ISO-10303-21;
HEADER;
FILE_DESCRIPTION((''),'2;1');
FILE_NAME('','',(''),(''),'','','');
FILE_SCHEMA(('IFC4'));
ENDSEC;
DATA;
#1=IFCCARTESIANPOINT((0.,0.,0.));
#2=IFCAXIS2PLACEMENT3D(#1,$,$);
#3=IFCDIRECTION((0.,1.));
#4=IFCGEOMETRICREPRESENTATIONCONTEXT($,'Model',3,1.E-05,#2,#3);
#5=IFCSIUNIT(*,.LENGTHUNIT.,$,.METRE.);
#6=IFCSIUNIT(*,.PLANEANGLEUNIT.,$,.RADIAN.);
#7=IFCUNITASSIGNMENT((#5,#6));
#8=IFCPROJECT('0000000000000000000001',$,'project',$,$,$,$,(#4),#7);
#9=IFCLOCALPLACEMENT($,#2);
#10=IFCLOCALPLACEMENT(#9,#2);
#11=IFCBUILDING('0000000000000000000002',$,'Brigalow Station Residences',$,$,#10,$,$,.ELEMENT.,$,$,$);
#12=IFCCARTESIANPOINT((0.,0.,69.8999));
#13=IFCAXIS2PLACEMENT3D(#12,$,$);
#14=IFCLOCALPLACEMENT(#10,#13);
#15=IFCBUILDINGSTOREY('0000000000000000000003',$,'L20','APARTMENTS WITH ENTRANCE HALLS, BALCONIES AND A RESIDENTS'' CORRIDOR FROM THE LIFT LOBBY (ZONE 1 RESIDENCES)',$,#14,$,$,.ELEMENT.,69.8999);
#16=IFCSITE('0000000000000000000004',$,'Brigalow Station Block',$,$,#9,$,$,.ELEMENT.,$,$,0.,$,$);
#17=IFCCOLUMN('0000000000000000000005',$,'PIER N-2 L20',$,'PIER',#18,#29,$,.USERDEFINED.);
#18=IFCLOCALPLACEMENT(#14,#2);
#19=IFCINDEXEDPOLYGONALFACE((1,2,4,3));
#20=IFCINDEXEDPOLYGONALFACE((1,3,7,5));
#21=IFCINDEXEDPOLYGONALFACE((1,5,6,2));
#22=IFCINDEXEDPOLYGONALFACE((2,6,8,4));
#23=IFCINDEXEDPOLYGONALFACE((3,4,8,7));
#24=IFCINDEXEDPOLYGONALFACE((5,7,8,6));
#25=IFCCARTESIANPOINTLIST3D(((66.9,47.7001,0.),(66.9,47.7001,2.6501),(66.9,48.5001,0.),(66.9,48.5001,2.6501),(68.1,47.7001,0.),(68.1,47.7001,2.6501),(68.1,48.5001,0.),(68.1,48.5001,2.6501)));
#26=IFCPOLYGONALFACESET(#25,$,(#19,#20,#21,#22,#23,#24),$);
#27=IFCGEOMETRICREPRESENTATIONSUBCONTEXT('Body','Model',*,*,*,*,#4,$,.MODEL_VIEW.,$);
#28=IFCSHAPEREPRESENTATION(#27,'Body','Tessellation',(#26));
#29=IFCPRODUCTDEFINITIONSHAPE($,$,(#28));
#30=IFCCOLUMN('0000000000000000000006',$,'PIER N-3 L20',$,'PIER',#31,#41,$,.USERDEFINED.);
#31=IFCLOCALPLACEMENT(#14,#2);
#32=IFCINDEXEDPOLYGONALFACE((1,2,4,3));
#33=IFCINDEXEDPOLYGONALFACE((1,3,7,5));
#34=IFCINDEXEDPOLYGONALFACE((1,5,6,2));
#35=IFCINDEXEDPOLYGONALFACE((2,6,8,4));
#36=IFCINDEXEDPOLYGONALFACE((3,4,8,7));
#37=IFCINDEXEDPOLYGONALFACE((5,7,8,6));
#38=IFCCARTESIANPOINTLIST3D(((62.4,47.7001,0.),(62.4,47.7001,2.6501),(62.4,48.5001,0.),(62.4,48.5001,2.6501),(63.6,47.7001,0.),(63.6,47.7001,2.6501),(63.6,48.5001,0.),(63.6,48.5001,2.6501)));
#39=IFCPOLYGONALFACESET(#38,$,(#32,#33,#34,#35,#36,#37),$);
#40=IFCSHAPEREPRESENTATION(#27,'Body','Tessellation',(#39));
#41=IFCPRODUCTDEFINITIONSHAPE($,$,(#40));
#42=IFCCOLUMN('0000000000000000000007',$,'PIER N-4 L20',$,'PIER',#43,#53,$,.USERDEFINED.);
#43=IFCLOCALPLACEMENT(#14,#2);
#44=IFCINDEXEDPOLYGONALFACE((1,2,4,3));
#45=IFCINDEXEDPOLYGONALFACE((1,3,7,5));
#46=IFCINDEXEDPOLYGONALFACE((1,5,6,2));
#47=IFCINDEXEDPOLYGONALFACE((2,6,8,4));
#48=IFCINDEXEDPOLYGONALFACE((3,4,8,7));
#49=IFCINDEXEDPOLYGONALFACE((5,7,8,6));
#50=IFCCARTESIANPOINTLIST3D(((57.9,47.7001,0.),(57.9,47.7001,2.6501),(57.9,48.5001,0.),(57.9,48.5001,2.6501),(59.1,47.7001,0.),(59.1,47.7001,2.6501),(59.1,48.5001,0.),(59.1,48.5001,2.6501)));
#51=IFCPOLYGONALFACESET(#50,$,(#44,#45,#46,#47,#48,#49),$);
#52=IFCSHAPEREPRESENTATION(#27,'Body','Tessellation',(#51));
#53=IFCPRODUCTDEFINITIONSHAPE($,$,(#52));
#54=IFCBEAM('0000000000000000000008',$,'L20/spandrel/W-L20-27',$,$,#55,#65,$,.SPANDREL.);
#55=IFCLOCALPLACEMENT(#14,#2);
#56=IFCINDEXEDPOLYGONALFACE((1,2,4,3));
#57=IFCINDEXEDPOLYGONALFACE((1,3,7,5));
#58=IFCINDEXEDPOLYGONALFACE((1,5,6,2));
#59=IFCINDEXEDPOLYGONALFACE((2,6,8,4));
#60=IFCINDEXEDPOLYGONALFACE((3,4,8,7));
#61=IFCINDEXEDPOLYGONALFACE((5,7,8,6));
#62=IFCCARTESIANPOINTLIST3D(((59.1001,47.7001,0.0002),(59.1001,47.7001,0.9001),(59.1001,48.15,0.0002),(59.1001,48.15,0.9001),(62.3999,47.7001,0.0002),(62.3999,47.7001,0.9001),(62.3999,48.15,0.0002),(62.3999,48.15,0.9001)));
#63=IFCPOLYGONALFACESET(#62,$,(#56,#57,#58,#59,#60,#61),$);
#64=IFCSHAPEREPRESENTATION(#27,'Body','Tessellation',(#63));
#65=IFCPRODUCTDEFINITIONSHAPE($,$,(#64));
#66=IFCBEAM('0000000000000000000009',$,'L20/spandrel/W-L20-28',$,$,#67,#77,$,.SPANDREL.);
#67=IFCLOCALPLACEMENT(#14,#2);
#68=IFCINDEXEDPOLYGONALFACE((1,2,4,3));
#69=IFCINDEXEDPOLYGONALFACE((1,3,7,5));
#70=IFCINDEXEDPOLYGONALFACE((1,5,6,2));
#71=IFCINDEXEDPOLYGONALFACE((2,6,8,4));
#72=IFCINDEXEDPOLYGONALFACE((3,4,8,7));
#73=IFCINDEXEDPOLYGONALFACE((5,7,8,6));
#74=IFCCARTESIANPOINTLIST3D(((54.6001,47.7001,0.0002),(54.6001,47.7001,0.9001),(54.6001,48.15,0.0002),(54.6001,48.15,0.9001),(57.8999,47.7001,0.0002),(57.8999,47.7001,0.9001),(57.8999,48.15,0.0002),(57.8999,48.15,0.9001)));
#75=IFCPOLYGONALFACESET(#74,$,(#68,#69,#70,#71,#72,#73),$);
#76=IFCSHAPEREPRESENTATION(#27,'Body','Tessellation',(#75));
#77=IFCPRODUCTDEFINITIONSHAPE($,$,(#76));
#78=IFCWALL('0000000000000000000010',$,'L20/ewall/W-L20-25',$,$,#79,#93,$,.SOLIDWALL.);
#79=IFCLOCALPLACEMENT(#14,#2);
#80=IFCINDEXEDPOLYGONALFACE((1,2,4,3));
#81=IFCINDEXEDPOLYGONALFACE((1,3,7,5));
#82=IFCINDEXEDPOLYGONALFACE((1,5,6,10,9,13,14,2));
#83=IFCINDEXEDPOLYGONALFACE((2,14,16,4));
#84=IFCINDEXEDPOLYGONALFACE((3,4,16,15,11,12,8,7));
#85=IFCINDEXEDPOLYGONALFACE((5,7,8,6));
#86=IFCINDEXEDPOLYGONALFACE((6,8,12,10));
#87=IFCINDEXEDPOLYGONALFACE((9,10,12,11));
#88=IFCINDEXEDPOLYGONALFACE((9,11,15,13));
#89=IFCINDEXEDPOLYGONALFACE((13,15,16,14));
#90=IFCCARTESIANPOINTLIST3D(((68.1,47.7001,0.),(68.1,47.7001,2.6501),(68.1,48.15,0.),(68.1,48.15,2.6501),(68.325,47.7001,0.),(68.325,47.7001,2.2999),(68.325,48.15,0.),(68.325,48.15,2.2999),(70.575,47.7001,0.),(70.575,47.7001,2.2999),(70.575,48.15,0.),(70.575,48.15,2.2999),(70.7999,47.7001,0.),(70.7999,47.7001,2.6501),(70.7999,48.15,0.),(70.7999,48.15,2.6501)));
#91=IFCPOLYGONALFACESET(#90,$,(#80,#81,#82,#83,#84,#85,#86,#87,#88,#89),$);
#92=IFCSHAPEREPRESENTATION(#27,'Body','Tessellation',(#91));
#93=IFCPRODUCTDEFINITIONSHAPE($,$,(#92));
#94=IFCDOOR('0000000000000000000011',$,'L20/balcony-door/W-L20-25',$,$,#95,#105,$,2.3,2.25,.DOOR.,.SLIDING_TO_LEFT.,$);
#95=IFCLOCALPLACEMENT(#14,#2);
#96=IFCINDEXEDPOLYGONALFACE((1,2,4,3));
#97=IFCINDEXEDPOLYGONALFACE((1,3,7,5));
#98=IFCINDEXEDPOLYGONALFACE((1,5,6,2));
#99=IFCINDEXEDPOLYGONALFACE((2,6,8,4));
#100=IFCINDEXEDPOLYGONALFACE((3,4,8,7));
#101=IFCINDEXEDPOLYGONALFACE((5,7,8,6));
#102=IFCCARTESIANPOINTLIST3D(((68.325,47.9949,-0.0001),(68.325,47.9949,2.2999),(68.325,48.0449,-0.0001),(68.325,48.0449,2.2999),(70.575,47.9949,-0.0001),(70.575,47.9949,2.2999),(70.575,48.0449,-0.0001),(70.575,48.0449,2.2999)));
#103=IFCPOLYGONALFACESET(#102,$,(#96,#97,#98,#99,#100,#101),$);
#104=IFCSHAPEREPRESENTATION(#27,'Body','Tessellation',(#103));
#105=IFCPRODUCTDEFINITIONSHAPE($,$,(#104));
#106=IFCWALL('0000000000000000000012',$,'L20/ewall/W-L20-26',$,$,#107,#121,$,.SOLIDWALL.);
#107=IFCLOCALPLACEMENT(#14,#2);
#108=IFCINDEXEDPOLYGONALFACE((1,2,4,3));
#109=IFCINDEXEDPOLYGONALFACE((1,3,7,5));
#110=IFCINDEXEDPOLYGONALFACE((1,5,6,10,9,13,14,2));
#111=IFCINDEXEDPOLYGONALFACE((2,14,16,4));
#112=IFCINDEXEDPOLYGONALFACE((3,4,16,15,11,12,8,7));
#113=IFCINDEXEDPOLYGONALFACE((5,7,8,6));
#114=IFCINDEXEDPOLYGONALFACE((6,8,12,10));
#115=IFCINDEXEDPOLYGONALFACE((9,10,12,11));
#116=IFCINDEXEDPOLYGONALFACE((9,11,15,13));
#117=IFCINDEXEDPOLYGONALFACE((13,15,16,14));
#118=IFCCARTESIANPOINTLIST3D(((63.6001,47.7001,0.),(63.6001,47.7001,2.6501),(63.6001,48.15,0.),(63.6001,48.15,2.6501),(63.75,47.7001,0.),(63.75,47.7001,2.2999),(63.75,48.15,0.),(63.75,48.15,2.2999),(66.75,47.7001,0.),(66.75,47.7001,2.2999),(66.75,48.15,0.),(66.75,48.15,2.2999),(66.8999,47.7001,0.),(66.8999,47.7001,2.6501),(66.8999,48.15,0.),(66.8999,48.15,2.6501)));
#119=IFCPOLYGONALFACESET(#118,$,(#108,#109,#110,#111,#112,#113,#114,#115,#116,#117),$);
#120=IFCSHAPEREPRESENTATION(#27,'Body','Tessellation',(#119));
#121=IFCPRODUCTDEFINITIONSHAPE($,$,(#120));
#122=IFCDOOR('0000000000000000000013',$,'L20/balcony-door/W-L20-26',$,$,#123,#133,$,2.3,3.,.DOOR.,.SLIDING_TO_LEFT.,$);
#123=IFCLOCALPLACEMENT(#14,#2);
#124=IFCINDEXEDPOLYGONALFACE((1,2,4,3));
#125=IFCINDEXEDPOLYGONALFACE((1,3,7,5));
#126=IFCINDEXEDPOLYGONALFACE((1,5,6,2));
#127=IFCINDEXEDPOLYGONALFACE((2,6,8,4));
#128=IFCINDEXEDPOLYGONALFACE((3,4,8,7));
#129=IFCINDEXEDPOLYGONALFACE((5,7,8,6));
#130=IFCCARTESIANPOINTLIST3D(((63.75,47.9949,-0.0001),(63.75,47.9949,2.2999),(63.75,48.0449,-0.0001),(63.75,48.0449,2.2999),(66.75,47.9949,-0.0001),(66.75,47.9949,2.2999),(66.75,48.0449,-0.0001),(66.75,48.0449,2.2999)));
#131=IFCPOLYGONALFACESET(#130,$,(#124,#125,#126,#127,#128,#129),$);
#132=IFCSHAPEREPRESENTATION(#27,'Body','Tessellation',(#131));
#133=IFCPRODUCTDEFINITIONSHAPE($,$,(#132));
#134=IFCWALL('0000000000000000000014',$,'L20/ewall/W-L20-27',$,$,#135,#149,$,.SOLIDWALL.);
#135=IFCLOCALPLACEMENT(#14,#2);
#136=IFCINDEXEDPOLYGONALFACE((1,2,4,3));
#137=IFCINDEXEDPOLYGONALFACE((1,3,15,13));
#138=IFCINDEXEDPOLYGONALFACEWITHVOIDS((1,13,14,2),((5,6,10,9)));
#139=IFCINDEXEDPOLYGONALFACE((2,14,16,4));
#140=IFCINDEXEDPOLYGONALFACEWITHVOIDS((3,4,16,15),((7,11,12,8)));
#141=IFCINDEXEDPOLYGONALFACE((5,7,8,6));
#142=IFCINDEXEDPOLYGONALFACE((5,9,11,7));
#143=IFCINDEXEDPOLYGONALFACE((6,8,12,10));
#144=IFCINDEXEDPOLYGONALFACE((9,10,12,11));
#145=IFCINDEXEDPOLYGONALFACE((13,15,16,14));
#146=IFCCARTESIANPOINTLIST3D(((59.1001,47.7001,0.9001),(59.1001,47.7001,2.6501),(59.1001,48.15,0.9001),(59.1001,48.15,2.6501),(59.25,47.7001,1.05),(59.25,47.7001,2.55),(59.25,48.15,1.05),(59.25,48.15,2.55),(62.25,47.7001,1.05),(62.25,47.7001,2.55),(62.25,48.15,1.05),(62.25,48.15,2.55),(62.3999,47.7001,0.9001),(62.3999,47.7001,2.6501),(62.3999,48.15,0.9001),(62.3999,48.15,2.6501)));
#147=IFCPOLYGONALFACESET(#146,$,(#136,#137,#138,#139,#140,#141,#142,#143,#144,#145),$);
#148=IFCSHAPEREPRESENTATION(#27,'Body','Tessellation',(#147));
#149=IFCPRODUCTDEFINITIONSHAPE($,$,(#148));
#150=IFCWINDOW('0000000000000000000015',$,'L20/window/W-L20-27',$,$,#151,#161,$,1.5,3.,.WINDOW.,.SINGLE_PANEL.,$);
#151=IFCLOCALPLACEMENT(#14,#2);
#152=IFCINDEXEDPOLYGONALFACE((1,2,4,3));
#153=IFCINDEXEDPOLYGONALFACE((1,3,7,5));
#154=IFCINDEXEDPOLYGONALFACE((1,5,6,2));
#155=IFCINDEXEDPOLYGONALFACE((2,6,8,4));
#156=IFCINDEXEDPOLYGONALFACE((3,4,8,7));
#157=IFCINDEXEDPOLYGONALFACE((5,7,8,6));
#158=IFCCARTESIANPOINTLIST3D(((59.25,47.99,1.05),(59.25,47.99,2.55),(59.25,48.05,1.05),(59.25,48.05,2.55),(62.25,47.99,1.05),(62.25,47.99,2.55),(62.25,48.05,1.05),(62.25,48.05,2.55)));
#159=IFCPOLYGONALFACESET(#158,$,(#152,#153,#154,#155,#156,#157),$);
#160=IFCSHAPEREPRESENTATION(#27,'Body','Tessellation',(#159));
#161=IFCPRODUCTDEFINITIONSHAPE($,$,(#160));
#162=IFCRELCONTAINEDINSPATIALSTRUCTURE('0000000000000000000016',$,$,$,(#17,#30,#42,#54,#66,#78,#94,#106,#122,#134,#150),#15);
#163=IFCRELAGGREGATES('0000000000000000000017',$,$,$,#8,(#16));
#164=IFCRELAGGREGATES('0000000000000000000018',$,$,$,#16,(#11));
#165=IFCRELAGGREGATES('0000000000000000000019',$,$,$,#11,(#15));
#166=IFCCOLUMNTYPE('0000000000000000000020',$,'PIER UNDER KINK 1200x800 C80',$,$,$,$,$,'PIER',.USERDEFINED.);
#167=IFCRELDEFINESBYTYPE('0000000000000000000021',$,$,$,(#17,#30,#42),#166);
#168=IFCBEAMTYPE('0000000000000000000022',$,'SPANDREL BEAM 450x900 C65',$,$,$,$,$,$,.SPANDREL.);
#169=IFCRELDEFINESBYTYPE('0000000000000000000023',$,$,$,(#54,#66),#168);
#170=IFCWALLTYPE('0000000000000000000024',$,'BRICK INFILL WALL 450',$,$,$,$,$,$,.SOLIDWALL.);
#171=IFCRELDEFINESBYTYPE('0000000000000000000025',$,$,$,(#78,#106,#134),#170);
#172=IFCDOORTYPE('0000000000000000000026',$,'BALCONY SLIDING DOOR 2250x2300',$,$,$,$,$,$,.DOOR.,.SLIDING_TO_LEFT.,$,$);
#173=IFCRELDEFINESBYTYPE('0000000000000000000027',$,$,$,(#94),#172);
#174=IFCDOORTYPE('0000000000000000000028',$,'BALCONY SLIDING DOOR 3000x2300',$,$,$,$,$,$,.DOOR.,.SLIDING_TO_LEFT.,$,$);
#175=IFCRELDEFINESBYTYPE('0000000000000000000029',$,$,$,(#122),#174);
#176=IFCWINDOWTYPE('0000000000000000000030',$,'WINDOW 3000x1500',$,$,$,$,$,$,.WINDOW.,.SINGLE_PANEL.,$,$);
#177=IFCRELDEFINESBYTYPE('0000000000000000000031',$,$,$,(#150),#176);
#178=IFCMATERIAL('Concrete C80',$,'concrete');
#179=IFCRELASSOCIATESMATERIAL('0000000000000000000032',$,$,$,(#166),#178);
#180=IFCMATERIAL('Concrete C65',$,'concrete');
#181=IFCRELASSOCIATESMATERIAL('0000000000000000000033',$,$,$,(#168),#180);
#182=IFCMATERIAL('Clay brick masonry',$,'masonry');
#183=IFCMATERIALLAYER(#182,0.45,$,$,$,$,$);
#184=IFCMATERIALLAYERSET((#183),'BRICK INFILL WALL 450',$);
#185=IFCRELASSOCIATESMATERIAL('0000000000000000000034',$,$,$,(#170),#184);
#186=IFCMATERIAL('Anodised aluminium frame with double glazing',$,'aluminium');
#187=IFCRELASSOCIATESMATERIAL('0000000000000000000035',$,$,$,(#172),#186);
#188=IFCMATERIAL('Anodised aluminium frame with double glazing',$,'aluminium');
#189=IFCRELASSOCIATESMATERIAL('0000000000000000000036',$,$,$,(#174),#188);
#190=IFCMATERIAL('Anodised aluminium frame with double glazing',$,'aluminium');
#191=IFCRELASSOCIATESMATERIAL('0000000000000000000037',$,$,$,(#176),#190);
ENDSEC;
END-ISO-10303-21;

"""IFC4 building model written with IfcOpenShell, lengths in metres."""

from ifc_helpers import new_model, si_unit, direction, frame, frame_2d, origin, origin_2d, place, context, subcontext, project, spatial, rectangle, extrude, material, layer, layer_set, material_profile, profile_set, type_object, element, fill, save


model = new_model("IFC4")

# Units and contexts
model_context = context("Model", 3, precision=1e-05, world=origin(), true_north=direction((0.0, 1.0)))
body_context = subcontext(model_context, "Body", "Model", "MODEL_VIEW")
ifc_project = project(units=[si_unit("LENGTHUNIT", "METRE"), si_unit("PLANEANGLEUNIT", "RADIAN")], contexts=[model_context])

# Site, building, storey
site_placement = place(None, origin())
site = spatial("IfcSite", under=ifc_project, at=site_placement, Name="Brigalow Station Block", CompositionType="ELEMENT", RefElevation=0.0)
building_placement = place(site_placement, origin())
building = spatial("IfcBuilding", under=site, at=building_placement, Name="Brigalow Station Residences", CompositionType="ELEMENT")
storey_placement = place(building_placement, frame((0.0, 0.0, 69.8999)))
storey = spatial("IfcBuildingStorey", under=building, at=storey_placement, Name="L20", Description="APARTMENTS WITH ENTRANCE HALLS, BALCONIES AND A RESIDENTS' CORRIDOR FROM THE LIFT LOBBY (ZONE 1 RESIDENCES)", CompositionType="ELEMENT", Elevation=69.8999)

# Columns
ifc_material_1 = material(Name="Concrete C80", Category="concrete")
ifc_material_profile_1 = material_profile(ifc_material_1, rectangle(XDim=1.2, YDim=0.8, at=origin_2d()), Name="RC1200x800")
ifc_profile_set_1 = profile_set([ifc_material_profile_1], Name="Concrete C80")
column_type = type_object("IfcColumnType", Name="PIER UNDER KINK 1200x800 C80", ElementType="PIER", PredefinedType="USERDEFINED", material=ifc_profile_set_1)
for number, where, z_axis, x_axis, name in (
    (1, (67.5, 48.1001, 0.0), (0.0, 0.0, 1.0), (-1.0, 0.0, 0.0), "PIER N-2 L20"),
    (2, (63.0, 48.1001, 0.0), (0.0, 0.0, 1.0), (-1.0, 0.0, 0.0), "PIER N-3 L20"),
    (3, (58.5, 48.1001, 0.0), (0.0, 0.0, 1.0), (-1.0, 0.0, 0.0), "PIER N-4 L20"),
):
    element("IfcColumn", number, at=place(storey_placement, frame(where, z_axis=z_axis, x_axis=x_axis)), inside=storey, type_object=column_type, Name=name, ObjectType="PIER", PredefinedType="USERDEFINED", context=body_context, shape_type="SweptSolid", body=[
        extrude(rectangle(XDim=1.2, YDim=0.8, at=origin_2d()), origin(), (0.0, 0.0, 1.0), 2.6501),
    ])

# Beams
ifc_material_2 = material(Name="Concrete C65", Category="concrete")
ifc_material_profile_2 = material_profile(ifc_material_2, rectangle(XDim=0.45, YDim=0.8999, at=origin_2d()), Name="RC450x900")
ifc_profile_set_2 = profile_set([ifc_material_profile_2], Name="Concrete C65")
beam_type = type_object("IfcBeamType", Name="SPANDREL BEAM 450x900 C65", PredefinedType="SPANDREL", material=ifc_profile_set_2)
for number, where, z_axis, x_axis, name in (
    (4, (62.3999, 47.925, 0.4502), (-1.0, 0.0, 0.0), (0.0, -1.0, 0.0), "L20/spandrel/W-L20-27"),
    (5, (57.8999, 47.925, 0.4502), (-1.0, 0.0, 0.0), (0.0, -1.0, 0.0), "L20/spandrel/W-L20-28"),
):
    element("IfcBeam", number, at=place(storey_placement, frame(where, z_axis=z_axis, x_axis=x_axis)), inside=storey, type_object=beam_type, Name=name, PredefinedType="SPANDREL", context=body_context, shape_type="SweptSolid", body=[
        extrude(rectangle(XDim=0.45, YDim=0.8999, at=origin_2d()), origin(), (0.0, 0.0, 1.0), 3.2998),
    ])

# Walls, openings, doors
ifc_material_3 = material(Name="Clay brick masonry", Category="masonry")
ifc_layer_1 = layer(ifc_material_3, 0.45)
ifc_layer_set_1 = layer_set([ifc_layer_1], Name="BRICK INFILL WALL 450")
wall_type_1 = type_object("IfcWallType", Name="BRICK INFILL WALL 450", PredefinedType="SOLIDWALL", material=ifc_layer_set_1)
wall_1_placement = place(storey_placement, frame((70.8, 47.925, 0.0), z_axis=(0.0, 0.0, 1.0), x_axis=(-1.0, 0.0, 0.0)))
wall_1 = element("IfcWall", 6, at=wall_1_placement, inside=storey, type_object=wall_type_1, Name="L20/ewall/W-L20-25", PredefinedType="SOLIDWALL", context=body_context, shape_type="SweptSolid", body=[
    extrude(rectangle(XDim=2.7, YDim=0.45, at=frame_2d((1.3501, 0.0))), origin(), (0.0, 0.0, 1.0), 2.6501),
])
opening_1_placement = place(wall_1_placement, frame((0.2251, 0.0, 0.0)))
opening_1 = element("IfcOpeningElement", 7, at=opening_1_placement, cuts=wall_1, PredefinedType="OPENING", context=body_context, shape_type="SweptSolid", body=[
    extrude(rectangle(XDim=2.25, YDim=2.3, at=frame_2d((1.125, 1.1499))), frame((0.0, 0.2349, 0.0), z_axis=(0.0, -1.0, 0.0), x_axis=(1.0, 0.0, 0.0)), (0.0, 0.0, 1.0), 0.47),
])
ifc_material_4 = material(Name="Anodised aluminium frame with double glazing", Category="aluminium")
door_type_1 = type_object("IfcDoorType", Name="BALCONY SLIDING DOOR 2250x2300", OperationType="SLIDING_TO_LEFT", PredefinedType="DOOR", material=ifc_material_4)
door_1_placement = place(opening_1_placement, origin())
door_1 = element("IfcDoor", 8, at=door_1_placement, inside=storey, type_object=door_type_1, Name="L20/balcony-door/W-L20-25", OperationType="SLIDING_TO_LEFT", OverallHeight=2.3, OverallWidth=2.25, PredefinedType="DOOR", context=body_context, shape_type="SweptSolid", body=[
    extrude(rectangle(XDim=2.25, YDim=2.3, at=frame_2d((1.125, 1.1499))), frame((0.0, -0.0698, 0.0), z_axis=(0.0, -1.0, 0.0), x_axis=(1.0, 0.0, 0.0)), (0.0, 0.0, 1.0), 0.05),
])
fill(opening_1, door_1)
wall_2_placement = place(storey_placement, frame((66.8999, 47.925, 0.0), z_axis=(0.0, 0.0, 1.0), x_axis=(-1.0, 0.0, 0.0)))
wall_2 = element("IfcWall", 9, at=wall_2_placement, inside=storey, type_object=wall_type_1, Name="L20/ewall/W-L20-26", PredefinedType="SOLIDWALL", context=body_context, shape_type="SweptSolid", body=[
    extrude(rectangle(XDim=3.2998, YDim=0.45, at=frame_2d((1.6499, 0.0))), origin(), (0.0, 0.0, 1.0), 2.6501),
])
opening_2_placement = place(wall_2_placement, frame((0.1499, 0.0, 0.0)))
opening_2 = element("IfcOpeningElement", 10, at=opening_2_placement, cuts=wall_2, PredefinedType="OPENING", context=body_context, shape_type="SweptSolid", body=[
    extrude(rectangle(XDim=3.0, YDim=2.3, at=frame_2d((1.5, 1.1499))), frame((0.0, 0.2349, 0.0), z_axis=(0.0, -1.0, 0.0), x_axis=(1.0, 0.0, 0.0)), (0.0, 0.0, 1.0), 0.47),
])
ifc_material_5 = material(Name="Anodised aluminium frame with double glazing", Category="aluminium")
door_type_2 = type_object("IfcDoorType", Name="BALCONY SLIDING DOOR 3000x2300", OperationType="SLIDING_TO_LEFT", PredefinedType="DOOR", material=ifc_material_5)
door_2_placement = place(opening_2_placement, origin())
door_2 = element("IfcDoor", 11, at=door_2_placement, inside=storey, type_object=door_type_2, Name="L20/balcony-door/W-L20-26", OperationType="SLIDING_TO_LEFT", OverallHeight=2.3, OverallWidth=3.0, PredefinedType="DOOR", context=body_context, shape_type="SweptSolid", body=[
    extrude(rectangle(XDim=3.0, YDim=2.3, at=frame_2d((1.5, 1.1499))), frame((0.0, -0.0698, 0.0), z_axis=(0.0, -1.0, 0.0), x_axis=(1.0, 0.0, 0.0)), (0.0, 0.0, 1.0), 0.05),
])
fill(opening_2, door_2)

# Wall, opening, window
wall_3_placement = place(storey_placement, frame((62.3999, 47.925, 0.9001), z_axis=(0.0, 0.0, 1.0), x_axis=(-1.0, 0.0, 0.0)))
wall_3 = element("IfcWall", 12, at=wall_3_placement, inside=storey, type_object=wall_type_1, Name="L20/ewall/W-L20-27", PredefinedType="SOLIDWALL", context=body_context, shape_type="SweptSolid", body=[
    extrude(rectangle(XDim=3.2998, YDim=0.45, at=frame_2d((1.6499, 0.0))), origin(), (0.0, 0.0, 1.0), 1.75),
])
opening_3_placement = place(wall_3_placement, frame((0.1499, 0.0, 0.1499)))
opening_3 = element("IfcOpeningElement", 13, at=opening_3_placement, cuts=wall_3, PredefinedType="OPENING", context=body_context, shape_type="SweptSolid", body=[
    extrude(rectangle(XDim=3.0, YDim=1.5, at=frame_2d((1.5, 0.75))), frame((0.0, 0.2349, 0.0), z_axis=(0.0, -1.0, 0.0), x_axis=(1.0, 0.0, 0.0)), (0.0, 0.0, 1.0), 0.47),
])
ifc_material_6 = material(Name="Anodised aluminium frame with double glazing", Category="aluminium")
window_type = type_object("IfcWindowType", Name="WINDOW 3000x1500", PartitioningType="SINGLE_PANEL", PredefinedType="WINDOW", material=ifc_material_6)
window_1_placement = place(opening_3_placement, origin())
window_1 = element("IfcWindow", 14, at=window_1_placement, inside=storey, type_object=window_type, Name="L20/window/W-L20-27", OverallHeight=1.5, OverallWidth=3.0, PartitioningType="SINGLE_PANEL", PredefinedType="WINDOW", context=body_context, shape_type="SweptSolid", body=[
    extrude(rectangle(XDim=3.0, YDim=1.5, at=frame_2d((1.5, 0.75))), frame((0.0, -0.0649, 0.0), z_axis=(0.0, -1.0, 0.0), x_axis=(1.0, 0.0, 0.0)), (0.0, 0.0, 1.0), 0.0601),
])
fill(opening_3, window_1)

save(model, "model.ifc")
